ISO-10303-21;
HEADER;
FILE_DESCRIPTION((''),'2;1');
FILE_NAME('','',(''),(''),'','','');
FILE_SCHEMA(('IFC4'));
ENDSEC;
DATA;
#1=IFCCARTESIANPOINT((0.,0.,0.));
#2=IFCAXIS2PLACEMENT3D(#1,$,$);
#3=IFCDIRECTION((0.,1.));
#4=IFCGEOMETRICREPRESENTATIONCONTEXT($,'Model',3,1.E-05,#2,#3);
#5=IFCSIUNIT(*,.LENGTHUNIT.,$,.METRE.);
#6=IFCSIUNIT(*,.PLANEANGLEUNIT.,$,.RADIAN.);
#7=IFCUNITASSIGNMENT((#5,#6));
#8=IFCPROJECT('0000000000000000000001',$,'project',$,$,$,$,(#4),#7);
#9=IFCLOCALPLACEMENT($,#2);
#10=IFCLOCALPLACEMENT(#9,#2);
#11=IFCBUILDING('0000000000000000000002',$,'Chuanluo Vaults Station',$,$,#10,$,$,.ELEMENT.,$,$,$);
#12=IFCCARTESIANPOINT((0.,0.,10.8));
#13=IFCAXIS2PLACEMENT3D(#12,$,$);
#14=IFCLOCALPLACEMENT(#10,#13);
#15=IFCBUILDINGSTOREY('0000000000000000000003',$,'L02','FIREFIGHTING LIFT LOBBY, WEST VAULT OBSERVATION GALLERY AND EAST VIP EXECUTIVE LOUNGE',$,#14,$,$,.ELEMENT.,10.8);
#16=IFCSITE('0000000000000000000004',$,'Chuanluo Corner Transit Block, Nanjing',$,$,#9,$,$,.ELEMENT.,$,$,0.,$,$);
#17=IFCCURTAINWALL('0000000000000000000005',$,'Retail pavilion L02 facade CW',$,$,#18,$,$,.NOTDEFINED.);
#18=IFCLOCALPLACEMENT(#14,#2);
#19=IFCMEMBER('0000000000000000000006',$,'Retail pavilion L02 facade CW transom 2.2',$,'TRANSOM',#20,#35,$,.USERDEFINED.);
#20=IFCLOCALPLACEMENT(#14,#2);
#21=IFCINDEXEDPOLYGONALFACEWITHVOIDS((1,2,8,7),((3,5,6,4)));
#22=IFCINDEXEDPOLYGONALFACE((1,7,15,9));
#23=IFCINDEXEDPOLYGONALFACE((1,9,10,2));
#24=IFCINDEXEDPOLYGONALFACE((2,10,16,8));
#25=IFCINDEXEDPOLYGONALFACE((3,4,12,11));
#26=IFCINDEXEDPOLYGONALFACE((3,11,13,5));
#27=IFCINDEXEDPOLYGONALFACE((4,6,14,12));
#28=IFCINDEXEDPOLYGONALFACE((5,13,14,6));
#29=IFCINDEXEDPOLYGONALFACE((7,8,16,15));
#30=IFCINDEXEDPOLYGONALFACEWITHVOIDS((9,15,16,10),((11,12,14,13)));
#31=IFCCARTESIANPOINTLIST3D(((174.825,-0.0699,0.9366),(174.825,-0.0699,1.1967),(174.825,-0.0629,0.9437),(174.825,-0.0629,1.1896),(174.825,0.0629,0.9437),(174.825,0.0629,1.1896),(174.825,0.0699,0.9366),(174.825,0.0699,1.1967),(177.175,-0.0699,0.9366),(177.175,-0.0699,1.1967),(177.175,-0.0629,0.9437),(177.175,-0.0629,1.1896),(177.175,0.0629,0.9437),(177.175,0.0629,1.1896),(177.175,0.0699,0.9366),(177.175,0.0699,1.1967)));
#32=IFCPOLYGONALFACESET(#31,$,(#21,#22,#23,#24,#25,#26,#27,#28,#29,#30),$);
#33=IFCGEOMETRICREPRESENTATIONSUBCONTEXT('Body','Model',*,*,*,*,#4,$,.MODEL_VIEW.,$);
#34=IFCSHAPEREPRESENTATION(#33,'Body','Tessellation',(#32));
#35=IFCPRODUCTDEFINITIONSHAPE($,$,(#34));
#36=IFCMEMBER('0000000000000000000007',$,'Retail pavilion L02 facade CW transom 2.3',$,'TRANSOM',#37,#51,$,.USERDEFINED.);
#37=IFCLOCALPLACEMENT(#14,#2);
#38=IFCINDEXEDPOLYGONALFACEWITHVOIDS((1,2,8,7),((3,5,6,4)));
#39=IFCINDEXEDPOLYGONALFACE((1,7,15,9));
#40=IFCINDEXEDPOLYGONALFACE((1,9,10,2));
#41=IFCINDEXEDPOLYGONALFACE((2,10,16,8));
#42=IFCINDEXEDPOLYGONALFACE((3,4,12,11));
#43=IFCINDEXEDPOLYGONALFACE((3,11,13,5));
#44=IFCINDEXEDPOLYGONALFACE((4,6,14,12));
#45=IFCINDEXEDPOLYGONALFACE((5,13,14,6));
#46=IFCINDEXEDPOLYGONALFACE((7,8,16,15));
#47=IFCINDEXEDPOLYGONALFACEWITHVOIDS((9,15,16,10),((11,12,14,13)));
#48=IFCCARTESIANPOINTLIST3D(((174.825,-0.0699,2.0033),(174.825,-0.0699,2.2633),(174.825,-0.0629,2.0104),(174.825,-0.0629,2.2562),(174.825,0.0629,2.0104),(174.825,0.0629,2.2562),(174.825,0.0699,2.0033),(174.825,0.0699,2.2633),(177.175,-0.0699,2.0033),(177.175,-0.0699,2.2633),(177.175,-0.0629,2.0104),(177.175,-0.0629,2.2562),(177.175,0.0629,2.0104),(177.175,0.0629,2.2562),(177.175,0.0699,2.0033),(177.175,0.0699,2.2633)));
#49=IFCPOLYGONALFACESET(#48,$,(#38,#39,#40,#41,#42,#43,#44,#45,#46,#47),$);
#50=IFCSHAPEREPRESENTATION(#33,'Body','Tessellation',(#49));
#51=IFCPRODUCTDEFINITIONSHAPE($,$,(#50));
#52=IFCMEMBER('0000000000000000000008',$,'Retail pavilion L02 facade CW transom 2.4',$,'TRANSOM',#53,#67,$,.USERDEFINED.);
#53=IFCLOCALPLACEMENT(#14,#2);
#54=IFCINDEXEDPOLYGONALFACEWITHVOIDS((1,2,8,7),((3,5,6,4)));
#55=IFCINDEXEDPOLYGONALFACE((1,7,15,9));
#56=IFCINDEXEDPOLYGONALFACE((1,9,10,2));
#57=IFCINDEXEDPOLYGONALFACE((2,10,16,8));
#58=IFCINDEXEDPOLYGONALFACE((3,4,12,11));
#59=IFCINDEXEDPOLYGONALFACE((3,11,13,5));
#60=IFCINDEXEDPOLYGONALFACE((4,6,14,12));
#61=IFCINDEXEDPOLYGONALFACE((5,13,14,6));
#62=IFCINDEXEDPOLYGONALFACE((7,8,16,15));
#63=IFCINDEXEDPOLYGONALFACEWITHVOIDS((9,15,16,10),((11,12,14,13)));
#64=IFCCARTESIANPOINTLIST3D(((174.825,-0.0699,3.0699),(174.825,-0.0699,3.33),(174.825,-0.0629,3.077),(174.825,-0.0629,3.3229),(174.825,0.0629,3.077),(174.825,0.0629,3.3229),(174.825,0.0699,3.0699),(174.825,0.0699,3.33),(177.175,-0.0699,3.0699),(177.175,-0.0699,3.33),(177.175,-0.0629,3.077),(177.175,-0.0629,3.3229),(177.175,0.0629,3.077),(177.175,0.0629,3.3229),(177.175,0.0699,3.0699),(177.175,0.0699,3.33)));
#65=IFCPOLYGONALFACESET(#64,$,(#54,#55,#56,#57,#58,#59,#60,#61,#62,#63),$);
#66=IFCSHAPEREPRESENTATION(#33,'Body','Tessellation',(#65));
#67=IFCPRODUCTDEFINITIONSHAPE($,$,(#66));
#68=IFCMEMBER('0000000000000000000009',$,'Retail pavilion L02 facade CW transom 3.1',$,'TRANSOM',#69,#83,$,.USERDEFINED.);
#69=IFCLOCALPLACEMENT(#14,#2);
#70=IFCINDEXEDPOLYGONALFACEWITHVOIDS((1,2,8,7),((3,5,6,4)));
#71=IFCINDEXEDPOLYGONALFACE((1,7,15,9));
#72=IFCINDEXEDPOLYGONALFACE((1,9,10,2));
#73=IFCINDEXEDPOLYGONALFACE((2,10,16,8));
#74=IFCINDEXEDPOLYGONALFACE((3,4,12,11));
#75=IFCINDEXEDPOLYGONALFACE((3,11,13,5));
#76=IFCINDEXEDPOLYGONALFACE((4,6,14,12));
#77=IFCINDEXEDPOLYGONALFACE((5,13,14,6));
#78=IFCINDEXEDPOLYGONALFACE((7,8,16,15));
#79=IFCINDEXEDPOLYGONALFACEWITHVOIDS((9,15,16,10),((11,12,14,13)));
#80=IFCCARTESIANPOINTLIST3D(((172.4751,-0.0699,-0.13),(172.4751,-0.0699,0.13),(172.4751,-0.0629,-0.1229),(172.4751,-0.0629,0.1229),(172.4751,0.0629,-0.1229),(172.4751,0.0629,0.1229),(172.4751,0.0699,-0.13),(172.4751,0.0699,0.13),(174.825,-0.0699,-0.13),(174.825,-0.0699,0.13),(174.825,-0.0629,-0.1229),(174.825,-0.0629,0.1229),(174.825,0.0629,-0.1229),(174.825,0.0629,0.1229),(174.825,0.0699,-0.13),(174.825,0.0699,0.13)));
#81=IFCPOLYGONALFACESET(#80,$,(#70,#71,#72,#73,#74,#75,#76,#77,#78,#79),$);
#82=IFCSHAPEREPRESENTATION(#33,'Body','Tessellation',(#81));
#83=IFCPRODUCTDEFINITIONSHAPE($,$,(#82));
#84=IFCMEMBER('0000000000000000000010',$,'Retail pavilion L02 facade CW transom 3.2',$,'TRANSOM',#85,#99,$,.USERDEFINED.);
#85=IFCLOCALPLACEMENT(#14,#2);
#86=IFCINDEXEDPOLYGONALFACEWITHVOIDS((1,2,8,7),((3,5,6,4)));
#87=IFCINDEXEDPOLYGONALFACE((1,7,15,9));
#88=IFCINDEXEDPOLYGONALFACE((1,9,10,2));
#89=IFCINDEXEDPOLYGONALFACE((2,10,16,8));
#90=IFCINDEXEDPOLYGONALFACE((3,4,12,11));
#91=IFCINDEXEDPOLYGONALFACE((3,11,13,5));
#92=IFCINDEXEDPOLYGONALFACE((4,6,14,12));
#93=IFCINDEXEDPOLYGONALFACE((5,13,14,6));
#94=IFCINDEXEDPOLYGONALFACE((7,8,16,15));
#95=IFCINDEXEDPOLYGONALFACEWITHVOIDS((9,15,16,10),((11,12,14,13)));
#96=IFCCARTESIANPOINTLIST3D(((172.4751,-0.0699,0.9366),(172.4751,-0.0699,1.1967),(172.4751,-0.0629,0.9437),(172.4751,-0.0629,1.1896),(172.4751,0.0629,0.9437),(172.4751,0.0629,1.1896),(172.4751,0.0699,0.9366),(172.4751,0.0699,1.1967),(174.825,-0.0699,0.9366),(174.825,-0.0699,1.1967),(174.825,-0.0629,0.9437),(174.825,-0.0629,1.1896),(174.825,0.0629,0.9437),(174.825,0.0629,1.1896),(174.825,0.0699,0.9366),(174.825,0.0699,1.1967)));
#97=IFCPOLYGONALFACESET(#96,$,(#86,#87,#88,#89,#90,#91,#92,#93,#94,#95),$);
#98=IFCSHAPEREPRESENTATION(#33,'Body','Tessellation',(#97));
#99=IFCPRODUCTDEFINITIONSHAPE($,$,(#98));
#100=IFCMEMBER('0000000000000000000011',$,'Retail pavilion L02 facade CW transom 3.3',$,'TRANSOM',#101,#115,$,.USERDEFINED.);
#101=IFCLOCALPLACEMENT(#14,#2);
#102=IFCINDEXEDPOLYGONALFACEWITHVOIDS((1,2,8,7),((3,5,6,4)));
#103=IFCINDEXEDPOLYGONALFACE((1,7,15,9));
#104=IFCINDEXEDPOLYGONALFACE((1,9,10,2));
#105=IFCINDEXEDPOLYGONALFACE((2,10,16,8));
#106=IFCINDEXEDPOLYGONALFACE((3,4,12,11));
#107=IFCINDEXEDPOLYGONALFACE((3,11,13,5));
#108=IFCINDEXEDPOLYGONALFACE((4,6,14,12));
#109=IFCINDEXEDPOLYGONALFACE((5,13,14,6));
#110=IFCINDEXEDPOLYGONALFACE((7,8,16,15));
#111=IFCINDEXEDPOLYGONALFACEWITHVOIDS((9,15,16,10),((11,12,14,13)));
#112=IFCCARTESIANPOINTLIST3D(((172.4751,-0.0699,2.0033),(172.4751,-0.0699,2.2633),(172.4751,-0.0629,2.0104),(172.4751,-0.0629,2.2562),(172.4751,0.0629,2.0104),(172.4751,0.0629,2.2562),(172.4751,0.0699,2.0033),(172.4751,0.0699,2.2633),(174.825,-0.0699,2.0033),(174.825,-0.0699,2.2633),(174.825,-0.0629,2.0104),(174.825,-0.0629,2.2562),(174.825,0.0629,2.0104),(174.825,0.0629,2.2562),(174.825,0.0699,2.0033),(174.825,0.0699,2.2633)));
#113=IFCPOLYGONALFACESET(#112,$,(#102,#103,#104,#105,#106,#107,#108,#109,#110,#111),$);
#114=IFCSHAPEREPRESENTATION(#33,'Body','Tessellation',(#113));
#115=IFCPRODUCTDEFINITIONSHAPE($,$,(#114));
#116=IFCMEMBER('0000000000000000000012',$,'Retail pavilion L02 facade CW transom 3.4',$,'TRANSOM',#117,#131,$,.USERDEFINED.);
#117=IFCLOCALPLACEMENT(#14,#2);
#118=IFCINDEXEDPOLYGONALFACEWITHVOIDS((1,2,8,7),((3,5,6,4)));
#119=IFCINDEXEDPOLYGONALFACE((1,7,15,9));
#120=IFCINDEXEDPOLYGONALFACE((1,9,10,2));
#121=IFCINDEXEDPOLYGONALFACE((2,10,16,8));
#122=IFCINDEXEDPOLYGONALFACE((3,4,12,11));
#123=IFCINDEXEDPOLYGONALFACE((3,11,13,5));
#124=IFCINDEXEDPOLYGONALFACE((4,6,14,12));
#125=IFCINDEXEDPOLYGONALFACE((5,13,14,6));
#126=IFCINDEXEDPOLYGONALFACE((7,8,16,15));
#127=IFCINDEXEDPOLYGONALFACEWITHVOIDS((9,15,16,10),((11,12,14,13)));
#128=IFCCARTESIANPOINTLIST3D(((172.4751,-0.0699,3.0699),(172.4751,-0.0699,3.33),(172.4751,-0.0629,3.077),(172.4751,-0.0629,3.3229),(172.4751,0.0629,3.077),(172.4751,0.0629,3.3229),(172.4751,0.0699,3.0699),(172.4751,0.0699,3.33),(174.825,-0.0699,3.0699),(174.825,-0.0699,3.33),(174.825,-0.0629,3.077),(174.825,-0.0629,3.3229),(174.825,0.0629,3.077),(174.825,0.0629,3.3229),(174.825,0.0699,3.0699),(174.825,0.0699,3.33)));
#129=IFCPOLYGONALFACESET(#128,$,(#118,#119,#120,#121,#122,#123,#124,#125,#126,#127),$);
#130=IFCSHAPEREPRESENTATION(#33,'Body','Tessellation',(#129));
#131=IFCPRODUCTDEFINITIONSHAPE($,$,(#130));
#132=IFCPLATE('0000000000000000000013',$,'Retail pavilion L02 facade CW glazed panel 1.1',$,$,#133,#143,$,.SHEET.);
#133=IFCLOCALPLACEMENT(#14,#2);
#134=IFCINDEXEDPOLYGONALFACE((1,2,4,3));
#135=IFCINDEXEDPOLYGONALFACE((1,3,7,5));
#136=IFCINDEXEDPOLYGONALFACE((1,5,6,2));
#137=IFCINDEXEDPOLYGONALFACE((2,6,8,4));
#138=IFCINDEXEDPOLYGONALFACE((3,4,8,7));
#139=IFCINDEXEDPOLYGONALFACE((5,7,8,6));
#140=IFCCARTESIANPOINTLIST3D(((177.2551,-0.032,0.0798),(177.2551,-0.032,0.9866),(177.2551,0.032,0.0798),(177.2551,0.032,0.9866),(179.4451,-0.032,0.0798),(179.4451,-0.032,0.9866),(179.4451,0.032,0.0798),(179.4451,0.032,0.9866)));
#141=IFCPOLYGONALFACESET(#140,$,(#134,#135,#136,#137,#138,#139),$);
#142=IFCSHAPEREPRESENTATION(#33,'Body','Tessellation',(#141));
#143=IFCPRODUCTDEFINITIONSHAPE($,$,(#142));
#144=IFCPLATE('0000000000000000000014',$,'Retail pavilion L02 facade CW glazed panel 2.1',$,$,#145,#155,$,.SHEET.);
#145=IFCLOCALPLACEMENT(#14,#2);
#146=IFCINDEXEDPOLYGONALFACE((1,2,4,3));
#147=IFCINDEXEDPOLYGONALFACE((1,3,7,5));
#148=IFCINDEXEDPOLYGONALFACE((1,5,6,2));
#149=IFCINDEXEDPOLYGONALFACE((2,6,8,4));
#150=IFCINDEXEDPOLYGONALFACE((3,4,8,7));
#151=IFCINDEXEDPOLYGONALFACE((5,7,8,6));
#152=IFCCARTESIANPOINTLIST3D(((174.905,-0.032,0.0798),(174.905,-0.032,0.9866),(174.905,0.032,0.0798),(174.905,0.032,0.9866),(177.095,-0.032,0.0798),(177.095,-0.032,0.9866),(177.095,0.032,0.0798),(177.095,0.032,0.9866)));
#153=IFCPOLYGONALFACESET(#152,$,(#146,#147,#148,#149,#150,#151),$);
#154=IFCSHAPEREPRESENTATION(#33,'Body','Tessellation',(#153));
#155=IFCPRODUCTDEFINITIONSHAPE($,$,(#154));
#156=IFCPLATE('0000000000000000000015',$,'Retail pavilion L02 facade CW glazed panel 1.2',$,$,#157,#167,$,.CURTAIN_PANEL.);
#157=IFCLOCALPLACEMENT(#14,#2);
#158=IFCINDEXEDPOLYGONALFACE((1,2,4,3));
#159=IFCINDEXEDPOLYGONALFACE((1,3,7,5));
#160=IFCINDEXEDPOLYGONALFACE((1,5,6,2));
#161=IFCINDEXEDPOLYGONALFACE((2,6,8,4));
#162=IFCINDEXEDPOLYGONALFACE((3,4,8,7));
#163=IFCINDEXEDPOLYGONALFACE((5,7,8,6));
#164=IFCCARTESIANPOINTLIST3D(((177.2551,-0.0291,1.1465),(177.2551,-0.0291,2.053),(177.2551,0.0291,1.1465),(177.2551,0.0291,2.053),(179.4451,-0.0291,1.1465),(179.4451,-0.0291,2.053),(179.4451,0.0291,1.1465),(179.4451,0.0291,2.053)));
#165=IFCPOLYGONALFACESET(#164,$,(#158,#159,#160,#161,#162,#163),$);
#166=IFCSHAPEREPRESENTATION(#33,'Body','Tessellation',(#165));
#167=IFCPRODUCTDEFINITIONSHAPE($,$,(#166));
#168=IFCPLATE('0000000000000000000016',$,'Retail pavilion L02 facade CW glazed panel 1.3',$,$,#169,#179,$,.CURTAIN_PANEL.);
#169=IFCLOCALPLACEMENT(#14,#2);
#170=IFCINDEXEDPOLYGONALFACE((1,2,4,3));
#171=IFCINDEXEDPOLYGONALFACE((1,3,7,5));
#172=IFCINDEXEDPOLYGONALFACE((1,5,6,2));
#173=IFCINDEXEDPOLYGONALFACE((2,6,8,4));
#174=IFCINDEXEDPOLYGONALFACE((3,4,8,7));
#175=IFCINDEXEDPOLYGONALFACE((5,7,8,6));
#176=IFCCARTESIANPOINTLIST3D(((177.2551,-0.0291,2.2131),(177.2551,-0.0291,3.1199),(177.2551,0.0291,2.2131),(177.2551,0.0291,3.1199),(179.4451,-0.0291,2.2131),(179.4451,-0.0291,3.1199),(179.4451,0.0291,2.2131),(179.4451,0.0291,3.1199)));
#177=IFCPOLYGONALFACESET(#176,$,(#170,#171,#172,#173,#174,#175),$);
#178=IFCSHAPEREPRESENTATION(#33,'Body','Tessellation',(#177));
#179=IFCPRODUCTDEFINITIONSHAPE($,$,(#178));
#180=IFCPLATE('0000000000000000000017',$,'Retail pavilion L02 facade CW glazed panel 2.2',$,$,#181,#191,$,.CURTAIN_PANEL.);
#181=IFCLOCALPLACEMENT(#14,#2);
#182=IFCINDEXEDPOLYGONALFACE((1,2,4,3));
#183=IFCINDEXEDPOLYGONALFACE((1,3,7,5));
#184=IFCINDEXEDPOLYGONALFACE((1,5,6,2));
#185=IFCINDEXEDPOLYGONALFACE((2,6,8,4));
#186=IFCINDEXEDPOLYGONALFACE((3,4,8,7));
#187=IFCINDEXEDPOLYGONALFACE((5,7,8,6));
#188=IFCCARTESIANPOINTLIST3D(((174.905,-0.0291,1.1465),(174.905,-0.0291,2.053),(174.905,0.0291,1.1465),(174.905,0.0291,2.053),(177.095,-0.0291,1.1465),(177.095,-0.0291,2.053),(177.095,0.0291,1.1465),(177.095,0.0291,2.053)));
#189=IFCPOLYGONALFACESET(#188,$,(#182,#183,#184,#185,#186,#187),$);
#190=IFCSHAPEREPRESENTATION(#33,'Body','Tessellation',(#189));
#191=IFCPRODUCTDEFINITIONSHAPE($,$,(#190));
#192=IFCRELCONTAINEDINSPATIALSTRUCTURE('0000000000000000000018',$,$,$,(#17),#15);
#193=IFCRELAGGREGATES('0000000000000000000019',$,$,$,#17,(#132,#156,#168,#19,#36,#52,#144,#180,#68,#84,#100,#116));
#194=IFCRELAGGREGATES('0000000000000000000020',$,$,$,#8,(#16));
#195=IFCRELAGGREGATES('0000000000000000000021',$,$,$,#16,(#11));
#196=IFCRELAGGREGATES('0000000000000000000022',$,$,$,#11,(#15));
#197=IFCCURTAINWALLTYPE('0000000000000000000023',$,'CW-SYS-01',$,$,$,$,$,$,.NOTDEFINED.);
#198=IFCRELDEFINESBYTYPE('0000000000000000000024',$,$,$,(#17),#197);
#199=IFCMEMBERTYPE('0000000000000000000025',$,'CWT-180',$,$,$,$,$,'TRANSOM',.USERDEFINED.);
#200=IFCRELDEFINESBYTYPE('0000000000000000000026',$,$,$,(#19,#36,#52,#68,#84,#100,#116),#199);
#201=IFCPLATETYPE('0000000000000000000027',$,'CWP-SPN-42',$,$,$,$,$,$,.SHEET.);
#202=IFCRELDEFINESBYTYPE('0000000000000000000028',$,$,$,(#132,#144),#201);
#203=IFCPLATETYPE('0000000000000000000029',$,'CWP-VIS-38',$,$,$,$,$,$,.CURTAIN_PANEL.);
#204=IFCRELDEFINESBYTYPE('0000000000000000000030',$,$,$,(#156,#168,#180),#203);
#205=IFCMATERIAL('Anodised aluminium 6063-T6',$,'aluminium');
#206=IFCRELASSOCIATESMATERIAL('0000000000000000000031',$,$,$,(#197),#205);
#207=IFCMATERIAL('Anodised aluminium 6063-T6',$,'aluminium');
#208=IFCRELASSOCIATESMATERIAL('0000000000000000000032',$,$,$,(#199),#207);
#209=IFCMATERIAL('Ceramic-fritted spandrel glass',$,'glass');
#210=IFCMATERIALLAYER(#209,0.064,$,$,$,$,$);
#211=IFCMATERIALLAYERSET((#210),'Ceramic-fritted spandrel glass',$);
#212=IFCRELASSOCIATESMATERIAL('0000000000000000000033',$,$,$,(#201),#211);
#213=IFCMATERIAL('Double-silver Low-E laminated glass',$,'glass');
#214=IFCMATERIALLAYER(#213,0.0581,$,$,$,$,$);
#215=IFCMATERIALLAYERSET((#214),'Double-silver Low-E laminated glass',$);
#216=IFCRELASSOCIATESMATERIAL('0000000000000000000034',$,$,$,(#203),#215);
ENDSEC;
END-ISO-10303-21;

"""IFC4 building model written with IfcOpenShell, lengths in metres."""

from ifc_helpers import new_model, si_unit, direction, frame, origin, origin_2d, place, context, subcontext, project, spatial, rectangle, hollow_rectangle, extrude, material, layer, layer_set, material_profile, profile_set, type_object, element, aggregate, save


model = new_model("IFC4")

# Units and contexts
model_context = context("Model", 3, precision=1e-05, world=origin(), true_north=direction((0.0, 1.0)))
body_context = subcontext(model_context, "Body", "Model", "MODEL_VIEW")
ifc_project = project(units=[si_unit("LENGTHUNIT", "METRE"), si_unit("PLANEANGLEUNIT", "RADIAN")], contexts=[model_context])

# Site, building, storey
site_placement = place(None, origin())
site = spatial("IfcSite", under=ifc_project, at=site_placement, Name="Chuanluo Corner Transit Block, Nanjing", CompositionType="ELEMENT", RefElevation=0.0)
building_placement = place(site_placement, origin())
building = spatial("IfcBuilding", under=site, at=building_placement, Name="Chuanluo Vaults Station", CompositionType="ELEMENT")
storey_placement = place(building_placement, frame((0.0, 0.0, 10.8)))
storey = spatial("IfcBuildingStorey", under=building, at=storey_placement, Name="L02", Description="FIREFIGHTING LIFT LOBBY, WEST VAULT OBSERVATION GALLERY AND EAST VIP EXECUTIVE LOUNGE", CompositionType="ELEMENT", Elevation=10.8)

# Curtain wall, members, plates
ifc_material_1 = material(Name="Anodised aluminium 6063-T6", Category="aluminium")
curtain_wall_type = type_object("IfcCurtainWallType", Name="CW-SYS-01", PredefinedType="NOTDEFINED", material=ifc_material_1)
curtain_wall_placement = place(storey_placement, origin())
curtain_wall = element("IfcCurtainWall", 1, at=curtain_wall_placement, inside=storey, type_object=curtain_wall_type, Name="Retail pavilion L02 facade CW", PredefinedType="NOTDEFINED")
ifc_material_2 = material(Name="Anodised aluminium 6063-T6", Category="aluminium")
ifc_material_profile_1 = material_profile(ifc_material_2, hollow_rectangle(XDim=0.1399, YDim=0.26, WallThickness=0.0071, at=origin_2d()))
ifc_profile_set_1 = profile_set([ifc_material_profile_1], Name="Anodised aluminium 6063-T6")
member_type_1 = type_object("IfcMemberType", Name="CWT-180", ElementType="TRANSOM", PredefinedType="USERDEFINED", material=ifc_profile_set_1)
member_1_placement = place(storey_placement, frame((177.175, 0.0, 1.0667), z_axis=(-1.0, 0.0, 0.0), x_axis=(0.0, -1.0, 0.0)))
member_1 = element("IfcMember", 2, at=member_1_placement, type_object=member_type_1, Name="Retail pavilion L02 facade CW transom 2.2", ObjectType="TRANSOM", PredefinedType="USERDEFINED", context=body_context, shape_type="SweptSolid", body=[
    extrude(hollow_rectangle(XDim=0.1399, YDim=0.26, WallThickness=0.0071, at=origin_2d()), origin(), (0.0, 0.0, 1.0), 2.3501),
])
member_2_placement = place(storey_placement, frame((177.175, 0.0, 2.1333), z_axis=(-1.0, 0.0, 0.0), x_axis=(0.0, -1.0, 0.0)))
member_2 = element("IfcMember", 3, at=member_2_placement, type_object=member_type_1, Name="Retail pavilion L02 facade CW transom 2.3", ObjectType="TRANSOM", PredefinedType="USERDEFINED", context=body_context, shape_type="SweptSolid", body=[
    extrude(hollow_rectangle(XDim=0.1399, YDim=0.26, WallThickness=0.0071, at=origin_2d()), origin(), (0.0, 0.0, 1.0), 2.3501),
])
member_3_placement = place(storey_placement, frame((177.175, 0.0, 3.2), z_axis=(-1.0, 0.0, 0.0), x_axis=(0.0, -1.0, 0.0)))
member_3 = element("IfcMember", 4, at=member_3_placement, type_object=member_type_1, Name="Retail pavilion L02 facade CW transom 2.4", ObjectType="TRANSOM", PredefinedType="USERDEFINED", context=body_context, shape_type="SweptSolid", body=[
    extrude(hollow_rectangle(XDim=0.1399, YDim=0.26, WallThickness=0.0071, at=origin_2d()), origin(), (0.0, 0.0, 1.0), 2.3501),
])
member_4_placement = place(storey_placement, frame((174.825, 0.0, 0.0), z_axis=(-1.0, 0.0, 0.0), x_axis=(0.0, -1.0, 0.0)))
member_4 = element("IfcMember", 5, at=member_4_placement, type_object=member_type_1, Name="Retail pavilion L02 facade CW transom 3.1", ObjectType="TRANSOM", PredefinedType="USERDEFINED", context=body_context, shape_type="SweptSolid", body=[
    extrude(hollow_rectangle(XDim=0.1399, YDim=0.26, WallThickness=0.0071, at=origin_2d()), origin(), (0.0, 0.0, 1.0), 2.3499),
])
member_5_placement = place(storey_placement, frame((174.825, 0.0, 1.0667), z_axis=(-1.0, 0.0, 0.0), x_axis=(0.0, -1.0, 0.0)))
member_5 = element("IfcMember", 6, at=member_5_placement, type_object=member_type_1, Name="Retail pavilion L02 facade CW transom 3.2", ObjectType="TRANSOM", PredefinedType="USERDEFINED", context=body_context, shape_type="SweptSolid", body=[
    extrude(hollow_rectangle(XDim=0.1399, YDim=0.26, WallThickness=0.0071, at=origin_2d()), origin(), (0.0, 0.0, 1.0), 2.3499),
])
member_6_placement = place(storey_placement, frame((174.825, 0.0, 2.1333), z_axis=(-1.0, 0.0, 0.0), x_axis=(0.0, -1.0, 0.0)))
member_6 = element("IfcMember", 7, at=member_6_placement, type_object=member_type_1, Name="Retail pavilion L02 facade CW transom 3.3", ObjectType="TRANSOM", PredefinedType="USERDEFINED", context=body_context, shape_type="SweptSolid", body=[
    extrude(hollow_rectangle(XDim=0.1399, YDim=0.26, WallThickness=0.0071, at=origin_2d()), origin(), (0.0, 0.0, 1.0), 2.3499),
])
member_7_placement = place(storey_placement, frame((174.825, 0.0, 3.2), z_axis=(-1.0, 0.0, 0.0), x_axis=(0.0, -1.0, 0.0)))
member_7 = element("IfcMember", 8, at=member_7_placement, type_object=member_type_1, Name="Retail pavilion L02 facade CW transom 3.4", ObjectType="TRANSOM", PredefinedType="USERDEFINED", context=body_context, shape_type="SweptSolid", body=[
    extrude(hollow_rectangle(XDim=0.1399, YDim=0.26, WallThickness=0.0071, at=origin_2d()), origin(), (0.0, 0.0, 1.0), 2.3499),
])
ifc_material_3 = material(Name="Ceramic-fritted spandrel glass", Category="glass")
ifc_layer_1 = layer(ifc_material_3, 0.064)
ifc_layer_set_1 = layer_set([ifc_layer_1], Name="Ceramic-fritted spandrel glass")
plate_type_1 = type_object("IfcPlateType", Name="CWP-SPN-42", PredefinedType="SHEET", material=ifc_layer_set_1)
plate_1_placement = place(storey_placement, frame((178.3501, 0.0, 0.0798), z_axis=(0.0, 0.0, 1.0), x_axis=(-1.0, 0.0, 0.0)))
plate_1 = element("IfcPlate", 9, at=plate_1_placement, type_object=plate_type_1, Name="Retail pavilion L02 facade CW glazed panel 1.1", PredefinedType="SHEET", context=body_context, shape_type="SweptSolid", body=[
    extrude(rectangle(XDim=2.1899, YDim=0.064, at=origin_2d()), origin(), (0.0, 0.0, 1.0), 0.9067),
])
plate_2_placement = place(storey_placement, frame((176.0, 0.0, 0.0798), z_axis=(0.0, 0.0, 1.0), x_axis=(-1.0, 0.0, 0.0)))
plate_2 = element("IfcPlate", 10, at=plate_2_placement, type_object=plate_type_1, Name="Retail pavilion L02 facade CW glazed panel 2.1", PredefinedType="SHEET", context=body_context, shape_type="SweptSolid", body=[
    extrude(rectangle(XDim=2.1899, YDim=0.064, at=origin_2d()), origin(), (0.0, 0.0, 1.0), 0.9067),
])
ifc_material_4 = material(Name="Double-silver Low-E laminated glass", Category="glass")
ifc_layer_2 = layer(ifc_material_4, 0.0581)
ifc_layer_set_2 = layer_set([ifc_layer_2], Name="Double-silver Low-E laminated glass")
plate_type_2 = type_object("IfcPlateType", Name="CWP-VIS-38", PredefinedType="CURTAIN_PANEL", material=ifc_layer_set_2)
plate_3_placement = place(storey_placement, frame((178.3501, 0.0, 1.1465), z_axis=(0.0, 0.0, 1.0), x_axis=(-1.0, 0.0, 0.0)))
plate_3 = element("IfcPlate", 11, at=plate_3_placement, type_object=plate_type_2, Name="Retail pavilion L02 facade CW glazed panel 1.2", PredefinedType="CURTAIN_PANEL", context=body_context, shape_type="SweptSolid", body=[
    extrude(rectangle(XDim=2.1899, YDim=0.0581, at=origin_2d()), origin(), (0.0, 0.0, 1.0), 0.9065),
])
plate_4_placement = place(storey_placement, frame((178.3501, 0.0, 2.2131), z_axis=(0.0, 0.0, 1.0), x_axis=(-1.0, 0.0, 0.0)))
plate_4 = element("IfcPlate", 12, at=plate_4_placement, type_object=plate_type_2, Name="Retail pavilion L02 facade CW glazed panel 1.3", PredefinedType="CURTAIN_PANEL", context=body_context, shape_type="SweptSolid", body=[
    extrude(rectangle(XDim=2.1899, YDim=0.0581, at=origin_2d()), origin(), (0.0, 0.0, 1.0), 0.9067),
])
plate_5_placement = place(storey_placement, frame((176.0, 0.0, 1.1465), z_axis=(0.0, 0.0, 1.0), x_axis=(-1.0, 0.0, 0.0)))
plate_5 = element("IfcPlate", 13, at=plate_5_placement, type_object=plate_type_2, Name="Retail pavilion L02 facade CW glazed panel 2.2", PredefinedType="CURTAIN_PANEL", context=body_context, shape_type="SweptSolid", body=[
    extrude(rectangle(XDim=2.1899, YDim=0.0581, at=origin_2d()), origin(), (0.0, 0.0, 1.0), 0.9065),
])
aggregate(curtain_wall, [plate_1, plate_3, plate_4, member_1, member_2, member_3, plate_2, plate_5, member_4, member_5, member_6, member_7])

save(model, "model.ifc")
